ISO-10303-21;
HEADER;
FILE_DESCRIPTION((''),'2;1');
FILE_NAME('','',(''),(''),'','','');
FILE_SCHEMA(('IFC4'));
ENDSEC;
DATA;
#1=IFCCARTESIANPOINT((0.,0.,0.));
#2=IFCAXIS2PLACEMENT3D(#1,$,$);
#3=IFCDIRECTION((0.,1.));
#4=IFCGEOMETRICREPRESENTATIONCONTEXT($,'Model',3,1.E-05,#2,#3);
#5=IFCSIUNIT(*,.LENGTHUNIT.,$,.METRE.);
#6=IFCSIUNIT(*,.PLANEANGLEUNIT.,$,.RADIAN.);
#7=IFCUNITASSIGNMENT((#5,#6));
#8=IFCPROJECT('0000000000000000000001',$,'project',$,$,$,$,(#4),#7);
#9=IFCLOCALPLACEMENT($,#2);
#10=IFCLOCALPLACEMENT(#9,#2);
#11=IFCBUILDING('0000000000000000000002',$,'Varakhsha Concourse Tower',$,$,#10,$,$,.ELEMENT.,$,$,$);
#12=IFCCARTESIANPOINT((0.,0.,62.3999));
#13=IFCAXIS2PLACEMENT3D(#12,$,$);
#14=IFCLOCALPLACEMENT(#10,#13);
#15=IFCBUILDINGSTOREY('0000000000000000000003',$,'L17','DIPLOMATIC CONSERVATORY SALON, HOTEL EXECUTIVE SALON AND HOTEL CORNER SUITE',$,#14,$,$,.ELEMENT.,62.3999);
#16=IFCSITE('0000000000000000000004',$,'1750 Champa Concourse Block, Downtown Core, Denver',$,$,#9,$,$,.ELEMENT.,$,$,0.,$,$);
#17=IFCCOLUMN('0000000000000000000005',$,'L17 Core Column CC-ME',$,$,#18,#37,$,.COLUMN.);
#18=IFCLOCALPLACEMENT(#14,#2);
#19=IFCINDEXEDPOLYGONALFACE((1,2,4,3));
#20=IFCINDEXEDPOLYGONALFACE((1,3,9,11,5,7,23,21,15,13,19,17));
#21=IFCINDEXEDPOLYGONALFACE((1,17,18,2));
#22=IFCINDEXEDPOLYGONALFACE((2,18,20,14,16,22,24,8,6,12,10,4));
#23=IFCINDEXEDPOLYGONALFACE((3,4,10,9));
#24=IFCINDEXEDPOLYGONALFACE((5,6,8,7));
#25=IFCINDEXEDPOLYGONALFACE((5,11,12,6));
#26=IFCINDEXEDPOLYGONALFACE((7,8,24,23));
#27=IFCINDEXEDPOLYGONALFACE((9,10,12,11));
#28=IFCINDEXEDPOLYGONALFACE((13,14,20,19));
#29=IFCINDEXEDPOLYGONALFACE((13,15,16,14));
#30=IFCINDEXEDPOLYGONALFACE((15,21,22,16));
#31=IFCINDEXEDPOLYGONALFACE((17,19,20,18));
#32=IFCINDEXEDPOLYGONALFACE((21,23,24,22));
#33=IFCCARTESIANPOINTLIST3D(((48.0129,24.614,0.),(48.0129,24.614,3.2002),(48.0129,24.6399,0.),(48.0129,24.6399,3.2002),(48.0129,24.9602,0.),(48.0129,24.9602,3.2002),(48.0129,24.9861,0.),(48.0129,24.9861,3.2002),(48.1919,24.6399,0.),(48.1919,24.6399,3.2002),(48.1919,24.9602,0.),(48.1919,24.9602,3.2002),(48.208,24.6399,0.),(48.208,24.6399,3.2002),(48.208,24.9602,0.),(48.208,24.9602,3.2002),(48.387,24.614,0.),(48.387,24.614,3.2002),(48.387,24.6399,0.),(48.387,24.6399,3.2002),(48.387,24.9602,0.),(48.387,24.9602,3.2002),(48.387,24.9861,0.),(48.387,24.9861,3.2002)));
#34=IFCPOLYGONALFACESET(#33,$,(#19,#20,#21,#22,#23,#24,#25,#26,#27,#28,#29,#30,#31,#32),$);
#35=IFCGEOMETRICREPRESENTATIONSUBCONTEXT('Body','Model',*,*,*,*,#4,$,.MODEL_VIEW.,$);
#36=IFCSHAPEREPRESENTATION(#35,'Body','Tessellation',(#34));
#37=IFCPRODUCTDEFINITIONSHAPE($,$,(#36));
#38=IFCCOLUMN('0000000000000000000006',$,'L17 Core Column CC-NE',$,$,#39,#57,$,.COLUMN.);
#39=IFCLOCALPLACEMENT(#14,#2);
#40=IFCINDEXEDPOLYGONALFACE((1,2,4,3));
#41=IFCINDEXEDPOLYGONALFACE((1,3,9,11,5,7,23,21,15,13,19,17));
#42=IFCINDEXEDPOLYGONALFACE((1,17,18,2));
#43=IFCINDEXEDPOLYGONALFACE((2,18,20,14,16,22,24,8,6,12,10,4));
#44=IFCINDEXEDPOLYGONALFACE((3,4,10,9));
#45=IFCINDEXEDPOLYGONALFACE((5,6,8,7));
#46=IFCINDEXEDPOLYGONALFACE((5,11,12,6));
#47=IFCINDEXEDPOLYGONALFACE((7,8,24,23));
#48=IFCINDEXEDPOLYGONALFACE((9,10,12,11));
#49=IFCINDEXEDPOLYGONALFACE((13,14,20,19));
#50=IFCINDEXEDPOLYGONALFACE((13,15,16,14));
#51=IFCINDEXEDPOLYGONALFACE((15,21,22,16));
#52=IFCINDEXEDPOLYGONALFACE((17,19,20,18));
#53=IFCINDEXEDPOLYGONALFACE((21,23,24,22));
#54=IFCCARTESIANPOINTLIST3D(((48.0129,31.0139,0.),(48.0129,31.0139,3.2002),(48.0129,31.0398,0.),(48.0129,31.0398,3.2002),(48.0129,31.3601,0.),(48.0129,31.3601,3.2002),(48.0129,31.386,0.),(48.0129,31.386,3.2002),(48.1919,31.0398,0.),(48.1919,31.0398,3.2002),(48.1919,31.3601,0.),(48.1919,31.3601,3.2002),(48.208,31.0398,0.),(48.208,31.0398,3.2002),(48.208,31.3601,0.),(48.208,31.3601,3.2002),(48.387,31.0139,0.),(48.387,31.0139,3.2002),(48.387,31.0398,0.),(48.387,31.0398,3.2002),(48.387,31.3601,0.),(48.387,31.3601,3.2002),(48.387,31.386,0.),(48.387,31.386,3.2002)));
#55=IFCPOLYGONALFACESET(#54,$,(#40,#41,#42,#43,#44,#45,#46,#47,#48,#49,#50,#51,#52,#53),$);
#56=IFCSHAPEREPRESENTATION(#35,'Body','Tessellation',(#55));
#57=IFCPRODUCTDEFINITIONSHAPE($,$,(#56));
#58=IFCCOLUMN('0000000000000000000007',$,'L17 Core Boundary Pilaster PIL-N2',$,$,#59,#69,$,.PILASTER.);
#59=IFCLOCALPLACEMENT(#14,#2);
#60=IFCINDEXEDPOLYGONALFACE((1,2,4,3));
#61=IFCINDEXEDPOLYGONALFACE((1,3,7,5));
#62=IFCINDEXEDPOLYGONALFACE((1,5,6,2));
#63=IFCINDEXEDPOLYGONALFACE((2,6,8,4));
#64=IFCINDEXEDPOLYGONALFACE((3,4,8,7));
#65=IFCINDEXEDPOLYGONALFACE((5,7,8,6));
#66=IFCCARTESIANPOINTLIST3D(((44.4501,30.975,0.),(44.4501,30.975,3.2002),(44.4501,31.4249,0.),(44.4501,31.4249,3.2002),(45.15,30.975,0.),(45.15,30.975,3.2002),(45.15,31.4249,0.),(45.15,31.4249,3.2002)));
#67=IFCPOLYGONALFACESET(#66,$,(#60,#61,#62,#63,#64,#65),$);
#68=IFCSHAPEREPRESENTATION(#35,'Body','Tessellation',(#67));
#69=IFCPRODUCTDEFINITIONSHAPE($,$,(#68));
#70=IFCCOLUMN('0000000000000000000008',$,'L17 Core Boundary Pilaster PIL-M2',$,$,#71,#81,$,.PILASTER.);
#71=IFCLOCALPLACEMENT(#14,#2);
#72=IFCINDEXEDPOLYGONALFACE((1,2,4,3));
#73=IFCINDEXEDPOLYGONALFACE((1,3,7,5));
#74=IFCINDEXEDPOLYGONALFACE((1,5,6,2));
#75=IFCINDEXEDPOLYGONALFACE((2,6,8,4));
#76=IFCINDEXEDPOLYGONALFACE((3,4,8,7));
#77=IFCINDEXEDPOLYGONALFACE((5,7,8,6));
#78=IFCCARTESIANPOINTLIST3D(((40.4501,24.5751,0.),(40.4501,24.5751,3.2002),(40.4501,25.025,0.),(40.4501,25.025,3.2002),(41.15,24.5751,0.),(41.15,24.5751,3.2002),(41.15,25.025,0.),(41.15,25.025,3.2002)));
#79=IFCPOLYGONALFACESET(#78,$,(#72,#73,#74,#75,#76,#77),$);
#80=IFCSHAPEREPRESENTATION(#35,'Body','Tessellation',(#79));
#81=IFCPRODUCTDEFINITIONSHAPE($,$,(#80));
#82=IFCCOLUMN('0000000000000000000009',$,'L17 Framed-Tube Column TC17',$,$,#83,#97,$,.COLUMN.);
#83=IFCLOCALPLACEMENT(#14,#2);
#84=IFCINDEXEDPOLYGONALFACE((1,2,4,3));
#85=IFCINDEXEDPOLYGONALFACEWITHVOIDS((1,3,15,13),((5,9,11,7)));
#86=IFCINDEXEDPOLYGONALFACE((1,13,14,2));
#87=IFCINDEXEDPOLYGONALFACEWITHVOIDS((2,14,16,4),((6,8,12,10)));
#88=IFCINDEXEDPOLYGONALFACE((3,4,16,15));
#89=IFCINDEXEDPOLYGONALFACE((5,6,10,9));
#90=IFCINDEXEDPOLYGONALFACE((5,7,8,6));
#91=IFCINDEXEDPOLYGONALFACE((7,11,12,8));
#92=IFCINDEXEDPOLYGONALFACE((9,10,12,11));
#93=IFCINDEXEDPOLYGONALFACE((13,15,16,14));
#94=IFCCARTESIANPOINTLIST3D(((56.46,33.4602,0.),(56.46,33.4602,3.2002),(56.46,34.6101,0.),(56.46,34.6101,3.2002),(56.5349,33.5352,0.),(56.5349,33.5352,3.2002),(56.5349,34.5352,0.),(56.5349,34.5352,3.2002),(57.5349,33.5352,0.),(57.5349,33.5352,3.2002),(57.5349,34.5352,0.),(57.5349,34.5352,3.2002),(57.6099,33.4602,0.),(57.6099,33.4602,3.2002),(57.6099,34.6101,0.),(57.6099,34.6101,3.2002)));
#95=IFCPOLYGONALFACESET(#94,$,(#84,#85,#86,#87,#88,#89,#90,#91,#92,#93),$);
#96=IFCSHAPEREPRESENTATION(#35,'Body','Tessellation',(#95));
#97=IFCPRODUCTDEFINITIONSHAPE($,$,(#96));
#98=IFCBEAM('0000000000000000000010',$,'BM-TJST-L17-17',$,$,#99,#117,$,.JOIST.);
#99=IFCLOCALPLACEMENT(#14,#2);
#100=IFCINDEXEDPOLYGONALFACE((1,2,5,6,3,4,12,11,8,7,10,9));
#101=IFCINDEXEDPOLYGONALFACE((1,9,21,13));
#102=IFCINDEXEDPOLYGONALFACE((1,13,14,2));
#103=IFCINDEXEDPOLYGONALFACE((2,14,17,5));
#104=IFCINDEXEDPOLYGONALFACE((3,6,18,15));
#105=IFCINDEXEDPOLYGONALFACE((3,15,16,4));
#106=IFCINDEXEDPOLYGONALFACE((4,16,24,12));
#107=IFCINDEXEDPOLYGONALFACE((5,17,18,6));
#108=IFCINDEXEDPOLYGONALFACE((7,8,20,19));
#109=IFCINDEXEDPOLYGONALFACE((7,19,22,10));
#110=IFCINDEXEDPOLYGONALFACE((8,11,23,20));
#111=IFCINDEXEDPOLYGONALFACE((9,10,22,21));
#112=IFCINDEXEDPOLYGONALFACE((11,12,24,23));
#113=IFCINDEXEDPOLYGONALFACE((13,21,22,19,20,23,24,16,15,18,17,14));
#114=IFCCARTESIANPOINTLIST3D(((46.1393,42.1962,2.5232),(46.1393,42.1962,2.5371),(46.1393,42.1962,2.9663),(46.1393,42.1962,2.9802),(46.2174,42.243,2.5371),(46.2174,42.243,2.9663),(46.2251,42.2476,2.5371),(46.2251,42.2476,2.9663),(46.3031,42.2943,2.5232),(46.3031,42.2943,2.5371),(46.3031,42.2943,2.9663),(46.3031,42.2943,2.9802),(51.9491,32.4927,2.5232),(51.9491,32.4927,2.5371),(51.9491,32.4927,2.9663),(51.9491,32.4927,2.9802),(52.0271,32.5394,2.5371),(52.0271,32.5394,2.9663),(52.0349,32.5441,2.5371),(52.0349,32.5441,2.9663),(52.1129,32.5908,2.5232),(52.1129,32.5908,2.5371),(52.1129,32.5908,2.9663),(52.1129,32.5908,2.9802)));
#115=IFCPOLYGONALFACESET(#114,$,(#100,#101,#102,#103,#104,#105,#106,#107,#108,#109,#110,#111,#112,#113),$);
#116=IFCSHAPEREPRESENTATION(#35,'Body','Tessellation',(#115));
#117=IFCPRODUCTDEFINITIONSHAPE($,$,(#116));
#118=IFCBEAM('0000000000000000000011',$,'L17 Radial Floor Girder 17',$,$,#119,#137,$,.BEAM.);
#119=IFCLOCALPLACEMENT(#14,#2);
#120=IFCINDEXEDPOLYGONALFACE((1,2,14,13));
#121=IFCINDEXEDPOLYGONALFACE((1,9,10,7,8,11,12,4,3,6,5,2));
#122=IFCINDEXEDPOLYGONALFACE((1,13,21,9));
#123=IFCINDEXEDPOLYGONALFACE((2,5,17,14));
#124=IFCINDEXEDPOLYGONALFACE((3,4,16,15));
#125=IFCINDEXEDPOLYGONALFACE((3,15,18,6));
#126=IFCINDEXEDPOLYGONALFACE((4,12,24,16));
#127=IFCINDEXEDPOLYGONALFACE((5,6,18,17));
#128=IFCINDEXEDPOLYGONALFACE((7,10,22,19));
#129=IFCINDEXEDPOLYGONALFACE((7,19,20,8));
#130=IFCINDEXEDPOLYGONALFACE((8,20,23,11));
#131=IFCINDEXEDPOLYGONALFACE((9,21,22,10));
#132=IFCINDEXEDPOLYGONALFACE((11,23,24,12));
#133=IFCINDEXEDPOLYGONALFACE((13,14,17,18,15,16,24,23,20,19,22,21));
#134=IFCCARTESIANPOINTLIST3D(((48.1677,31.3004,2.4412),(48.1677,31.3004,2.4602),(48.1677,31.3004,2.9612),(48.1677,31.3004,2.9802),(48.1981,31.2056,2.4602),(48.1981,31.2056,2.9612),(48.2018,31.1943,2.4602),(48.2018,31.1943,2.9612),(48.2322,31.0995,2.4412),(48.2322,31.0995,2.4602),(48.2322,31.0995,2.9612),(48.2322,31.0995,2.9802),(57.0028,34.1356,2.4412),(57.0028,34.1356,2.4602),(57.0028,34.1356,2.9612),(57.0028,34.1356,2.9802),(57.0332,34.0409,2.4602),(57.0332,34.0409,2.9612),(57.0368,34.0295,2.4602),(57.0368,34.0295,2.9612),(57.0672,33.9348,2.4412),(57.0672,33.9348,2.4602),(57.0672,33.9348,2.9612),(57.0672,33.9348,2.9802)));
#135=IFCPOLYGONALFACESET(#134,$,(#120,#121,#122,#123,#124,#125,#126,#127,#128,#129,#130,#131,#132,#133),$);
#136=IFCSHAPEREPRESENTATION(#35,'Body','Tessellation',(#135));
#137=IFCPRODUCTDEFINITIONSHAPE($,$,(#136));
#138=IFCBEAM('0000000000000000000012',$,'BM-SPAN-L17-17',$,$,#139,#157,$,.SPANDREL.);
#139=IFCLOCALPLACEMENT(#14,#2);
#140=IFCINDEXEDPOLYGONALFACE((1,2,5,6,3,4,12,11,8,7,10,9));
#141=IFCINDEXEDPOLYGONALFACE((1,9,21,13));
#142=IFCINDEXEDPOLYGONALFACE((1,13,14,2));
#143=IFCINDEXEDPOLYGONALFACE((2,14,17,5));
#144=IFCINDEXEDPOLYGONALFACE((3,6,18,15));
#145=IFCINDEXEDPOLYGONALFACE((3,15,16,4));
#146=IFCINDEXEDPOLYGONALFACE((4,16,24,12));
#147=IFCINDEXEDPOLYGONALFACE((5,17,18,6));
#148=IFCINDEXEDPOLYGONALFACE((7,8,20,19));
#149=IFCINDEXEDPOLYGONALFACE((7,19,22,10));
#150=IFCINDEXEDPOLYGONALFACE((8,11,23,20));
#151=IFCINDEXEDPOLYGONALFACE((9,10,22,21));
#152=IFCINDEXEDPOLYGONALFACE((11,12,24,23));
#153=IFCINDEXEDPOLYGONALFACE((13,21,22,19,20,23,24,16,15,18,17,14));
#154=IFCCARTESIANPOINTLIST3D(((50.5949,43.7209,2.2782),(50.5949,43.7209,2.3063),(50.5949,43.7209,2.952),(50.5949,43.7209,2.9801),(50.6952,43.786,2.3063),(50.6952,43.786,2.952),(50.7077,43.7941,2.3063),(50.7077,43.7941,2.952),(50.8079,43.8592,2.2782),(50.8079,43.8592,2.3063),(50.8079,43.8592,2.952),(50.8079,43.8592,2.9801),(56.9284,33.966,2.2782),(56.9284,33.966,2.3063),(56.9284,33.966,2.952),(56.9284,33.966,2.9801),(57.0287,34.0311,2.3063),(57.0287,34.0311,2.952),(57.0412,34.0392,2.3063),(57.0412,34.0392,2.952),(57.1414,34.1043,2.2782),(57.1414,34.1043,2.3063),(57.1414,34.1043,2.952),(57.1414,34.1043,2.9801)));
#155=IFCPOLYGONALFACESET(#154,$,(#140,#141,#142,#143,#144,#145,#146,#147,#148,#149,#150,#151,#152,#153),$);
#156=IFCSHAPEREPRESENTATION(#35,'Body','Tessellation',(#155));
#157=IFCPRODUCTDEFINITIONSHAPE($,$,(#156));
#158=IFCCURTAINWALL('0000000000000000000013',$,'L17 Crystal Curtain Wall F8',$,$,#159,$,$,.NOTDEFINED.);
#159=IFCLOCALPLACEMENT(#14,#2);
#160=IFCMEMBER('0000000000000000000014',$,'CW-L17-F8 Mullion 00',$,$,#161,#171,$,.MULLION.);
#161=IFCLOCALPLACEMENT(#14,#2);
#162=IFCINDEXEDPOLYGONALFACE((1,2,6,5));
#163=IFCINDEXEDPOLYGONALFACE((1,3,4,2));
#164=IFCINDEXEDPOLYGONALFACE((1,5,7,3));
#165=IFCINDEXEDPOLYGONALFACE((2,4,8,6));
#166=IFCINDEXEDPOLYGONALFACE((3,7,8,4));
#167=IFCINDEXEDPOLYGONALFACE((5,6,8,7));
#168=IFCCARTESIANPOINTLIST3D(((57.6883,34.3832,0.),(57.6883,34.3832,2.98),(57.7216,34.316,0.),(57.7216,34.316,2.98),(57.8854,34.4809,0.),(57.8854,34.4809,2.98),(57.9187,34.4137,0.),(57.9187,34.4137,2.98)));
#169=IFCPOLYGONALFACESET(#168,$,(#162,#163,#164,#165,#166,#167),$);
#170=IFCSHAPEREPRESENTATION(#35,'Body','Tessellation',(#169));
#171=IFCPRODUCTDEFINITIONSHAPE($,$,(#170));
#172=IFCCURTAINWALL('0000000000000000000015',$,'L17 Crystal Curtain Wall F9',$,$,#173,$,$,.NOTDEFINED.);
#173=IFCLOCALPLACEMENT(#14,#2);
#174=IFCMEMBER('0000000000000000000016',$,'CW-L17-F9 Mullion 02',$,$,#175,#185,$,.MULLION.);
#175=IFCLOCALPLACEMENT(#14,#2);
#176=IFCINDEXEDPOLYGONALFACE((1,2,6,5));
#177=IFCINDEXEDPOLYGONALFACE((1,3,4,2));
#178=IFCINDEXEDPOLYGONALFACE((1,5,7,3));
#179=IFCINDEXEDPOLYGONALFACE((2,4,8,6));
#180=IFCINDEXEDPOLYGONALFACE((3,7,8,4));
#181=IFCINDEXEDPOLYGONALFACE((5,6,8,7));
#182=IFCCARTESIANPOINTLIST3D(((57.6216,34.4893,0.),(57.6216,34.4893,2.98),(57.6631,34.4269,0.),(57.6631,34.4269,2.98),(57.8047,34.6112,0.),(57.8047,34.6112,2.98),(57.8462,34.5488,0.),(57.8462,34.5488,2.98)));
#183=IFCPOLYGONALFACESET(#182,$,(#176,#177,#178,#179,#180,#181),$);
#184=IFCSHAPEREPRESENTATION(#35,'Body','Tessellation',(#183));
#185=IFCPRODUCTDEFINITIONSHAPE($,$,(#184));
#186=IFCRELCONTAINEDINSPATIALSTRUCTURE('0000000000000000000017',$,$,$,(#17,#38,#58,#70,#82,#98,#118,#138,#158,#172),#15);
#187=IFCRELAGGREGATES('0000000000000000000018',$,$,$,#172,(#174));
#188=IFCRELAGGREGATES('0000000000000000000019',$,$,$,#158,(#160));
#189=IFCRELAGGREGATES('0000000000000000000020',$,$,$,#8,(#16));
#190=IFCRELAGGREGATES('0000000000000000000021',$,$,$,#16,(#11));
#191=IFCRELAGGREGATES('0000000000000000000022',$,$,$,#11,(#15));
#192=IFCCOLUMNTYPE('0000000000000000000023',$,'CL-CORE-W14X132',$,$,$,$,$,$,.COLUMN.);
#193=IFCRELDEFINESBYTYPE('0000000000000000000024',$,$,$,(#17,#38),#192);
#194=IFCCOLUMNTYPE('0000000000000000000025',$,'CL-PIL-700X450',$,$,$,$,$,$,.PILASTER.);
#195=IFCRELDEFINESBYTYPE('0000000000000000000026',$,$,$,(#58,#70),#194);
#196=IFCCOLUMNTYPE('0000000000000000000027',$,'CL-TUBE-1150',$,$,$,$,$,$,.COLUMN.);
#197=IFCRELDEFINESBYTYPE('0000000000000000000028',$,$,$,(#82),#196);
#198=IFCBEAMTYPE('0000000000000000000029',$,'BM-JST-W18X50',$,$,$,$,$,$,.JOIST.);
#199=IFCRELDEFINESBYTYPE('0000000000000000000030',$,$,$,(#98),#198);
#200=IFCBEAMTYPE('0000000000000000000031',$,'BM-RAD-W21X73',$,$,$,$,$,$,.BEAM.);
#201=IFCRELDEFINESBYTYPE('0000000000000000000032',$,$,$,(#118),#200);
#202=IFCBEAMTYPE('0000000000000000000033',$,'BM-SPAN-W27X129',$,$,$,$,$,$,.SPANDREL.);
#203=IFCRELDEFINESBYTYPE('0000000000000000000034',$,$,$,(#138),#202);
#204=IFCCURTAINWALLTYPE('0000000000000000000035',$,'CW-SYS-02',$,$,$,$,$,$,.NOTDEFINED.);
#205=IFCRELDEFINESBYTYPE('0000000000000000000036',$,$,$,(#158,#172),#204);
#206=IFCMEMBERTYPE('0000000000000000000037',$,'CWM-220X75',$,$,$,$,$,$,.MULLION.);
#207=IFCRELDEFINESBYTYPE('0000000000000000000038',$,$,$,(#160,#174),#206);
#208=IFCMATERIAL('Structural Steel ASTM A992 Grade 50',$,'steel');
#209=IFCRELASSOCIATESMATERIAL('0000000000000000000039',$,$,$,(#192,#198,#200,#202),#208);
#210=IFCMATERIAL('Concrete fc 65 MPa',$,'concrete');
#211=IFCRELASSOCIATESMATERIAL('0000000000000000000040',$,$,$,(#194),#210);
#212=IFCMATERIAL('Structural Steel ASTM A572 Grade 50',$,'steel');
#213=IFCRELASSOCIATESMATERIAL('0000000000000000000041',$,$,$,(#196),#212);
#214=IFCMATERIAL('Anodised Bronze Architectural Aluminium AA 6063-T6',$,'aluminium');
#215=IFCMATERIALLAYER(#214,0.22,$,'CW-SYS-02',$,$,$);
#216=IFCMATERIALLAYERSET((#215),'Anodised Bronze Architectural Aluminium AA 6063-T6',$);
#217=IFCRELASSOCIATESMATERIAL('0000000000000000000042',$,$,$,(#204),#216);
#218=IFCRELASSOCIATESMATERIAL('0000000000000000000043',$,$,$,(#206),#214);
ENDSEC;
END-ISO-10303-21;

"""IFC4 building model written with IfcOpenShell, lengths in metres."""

from ifc_helpers import new_model, si_unit, direction, frame, origin, origin_2d, place, context, subcontext, project, spatial, rectangle, hollow_rectangle, i_section, extrude, source, transform, mapped, material, layer, layer_set, material_profile, profile_set, type_object, type_shapes, element, aggregate, save


model = new_model("IFC4")

# Units and contexts
model_context = context("Model", 3, precision=1e-05, world=origin(), true_north=direction((0.0, 1.0)))
body_context = subcontext(model_context, "Body", "Model", "MODEL_VIEW")
ifc_project = project(units=[si_unit("LENGTHUNIT", "METRE"), si_unit("PLANEANGLEUNIT", "RADIAN")], contexts=[model_context])

# Site, building, storey
site_placement = place(None, origin())
site = spatial("IfcSite", under=ifc_project, at=site_placement, Name="1750 Champa Concourse Block, Downtown Core, Denver", CompositionType="ELEMENT", RefElevation=0.0)
building_placement = place(site_placement, origin())
building = spatial("IfcBuilding", under=site, at=building_placement, Name="Varakhsha Concourse Tower", CompositionType="ELEMENT")
storey_placement = place(building_placement, frame((0.0, 0.0, 62.3999)))
storey = spatial("IfcBuildingStorey", under=building, at=storey_placement, Name="L17", Description="DIPLOMATIC CONSERVATORY SALON, HOTEL EXECUTIVE SALON AND HOTEL CORNER SUITE", CompositionType="ELEMENT", Elevation=62.3999)

# Columns
ifc_material_1 = material(Name="Structural Steel ASTM A992 Grade 50", Category="steel")
ifc_material_profile_1 = material_profile(ifc_material_1, i_section(OverallWidth=0.374, OverallDepth=0.3721, WebThickness=0.0161, FlangeThickness=0.0259, at=origin_2d()), Name="W14X132")
ifc_profile_set_1 = profile_set([ifc_material_profile_1], Name="Structural Steel ASTM A992 Grade 50")
column_type_1 = type_object("IfcColumnType", Name="CL-CORE-W14X132", PredefinedType="COLUMN", material=ifc_profile_set_1)
for number, where, z_axis, x_axis, name in (
    (1, (48.2, 24.8, 0.0), (0.0, 0.0, 1.0), (1.0, 0.0, 0.0), "L17 Core Column CC-ME"),
    (2, (48.2, 31.2, 0.0), (0.0, 0.0, 1.0), (1.0, 0.0, 0.0), "L17 Core Column CC-NE"),
):
    element("IfcColumn", number, at=place(storey_placement, frame(where, z_axis=z_axis, x_axis=x_axis)), inside=storey, type_object=column_type_1, Name=name, PredefinedType="COLUMN", context=body_context, shape_type="SweptSolid", body=[
        extrude(i_section(OverallWidth=0.374, OverallDepth=0.3721, WebThickness=0.0161, FlangeThickness=0.0259, at=origin_2d()), origin(), (0.0, 0.0, 1.0), 3.2002),
    ])
ifc_material_2 = material(Name="Concrete fc 65 MPa", Category="concrete")
ifc_material_profile_2 = material_profile(ifc_material_2, rectangle(XDim=0.7, YDim=0.45, at=origin_2d()), Name="RC 700x450")
ifc_profile_set_2 = profile_set([ifc_material_profile_2], Name="Concrete fc 65 MPa")
column_type_2 = type_object("IfcColumnType", Name="CL-PIL-700X450", PredefinedType="PILASTER", material=ifc_profile_set_2)
for number, where, z_axis, x_axis, name in (
    (3, (44.8, 31.2, 0.0), (0.0, 0.0, 1.0), (1.0, 0.0, 0.0), "L17 Core Boundary Pilaster PIL-N2"),
    (4, (40.8, 24.8, 0.0), (0.0, 0.0, 1.0), (1.0, 0.0, 0.0), "L17 Core Boundary Pilaster PIL-M2"),
):
    element("IfcColumn", number, at=place(storey_placement, frame(where, z_axis=z_axis, x_axis=x_axis)), inside=storey, type_object=column_type_2, Name=name, PredefinedType="PILASTER", context=body_context, shape_type="SweptSolid", body=[
        extrude(rectangle(XDim=0.7, YDim=0.45, at=origin_2d()), origin(), (0.0, 0.0, 1.0), 3.2002),
    ])
ifc_material_3 = material(Name="Structural Steel ASTM A572 Grade 50", Category="steel")
ifc_material_profile_3 = material_profile(ifc_material_3, hollow_rectangle(XDim=1.1499, YDim=1.1499, WallThickness=0.075, at=origin_2d()), Name="BOX 1150x1150x75")
ifc_profile_set_3 = profile_set([ifc_material_profile_3], Name="Structural Steel ASTM A572 Grade 50")
column_type_3 = type_object("IfcColumnType", Name="CL-TUBE-1150", PredefinedType="COLUMN", material=ifc_profile_set_3)
column_placement = place(storey_placement, frame((57.0349, 34.0352, 0.0), z_axis=(0.0, 0.0, 1.0), x_axis=(1.0, 0.0, 0.0)))
element("IfcColumn", 5, at=column_placement, inside=storey, type_object=column_type_3, Name="L17 Framed-Tube Column TC17", PredefinedType="COLUMN", context=body_context, shape_type="SweptSolid", body=[
    extrude(hollow_rectangle(XDim=1.1499, YDim=1.1499, WallThickness=0.075, at=origin_2d()), origin(), (0.0, 0.0, 1.0), 3.2002),
])

# Beams
ifc_material_profile_4 = material_profile(ifc_material_1, i_section(OverallWidth=0.1909, OverallDepth=0.457, WebThickness=0.009, FlangeThickness=0.0139, at=origin_2d()), Name="W18X50")
ifc_profile_set_4 = profile_set([ifc_material_profile_4], Name="Structural Steel ASTM A992 Grade 50")
beam_type_1 = type_object("IfcBeamType", Name="BM-JST-W18X50", PredefinedType="JOIST", material=ifc_profile_set_4)
beam_1_placement = place(storey_placement, frame((52.031, 32.5417, 2.7517), z_axis=(-0.513692, 0.857974, 0.0), x_axis=(-0.857974, -0.513692, 0.0)))
element("IfcBeam", 6, at=beam_1_placement, inside=storey, type_object=beam_type_1, Name="BM-TJST-L17-17", PredefinedType="JOIST", context=body_context, shape_type="SweptSolid", body=[
    extrude(i_section(OverallWidth=0.1909, OverallDepth=0.457, WebThickness=0.009, FlangeThickness=0.0139, at=origin_2d()), origin(), (0.0, 0.0, 1.0), 11.3098),
])
ifc_material_profile_5 = material_profile(ifc_material_1, i_section(OverallWidth=0.2109, OverallDepth=0.5391, WebThickness=0.012, FlangeThickness=0.019, at=origin_2d()), Name="W21X73")
ifc_profile_set_5 = profile_set([ifc_material_profile_5], Name="Structural Steel ASTM A992 Grade 50")
beam_type_2 = type_object("IfcBeamType", Name="BM-RAD-W21X73", PredefinedType="BEAM", material=ifc_profile_set_5)
beam_2_placement = place(storey_placement, frame((48.2, 31.2, 2.7107), z_axis=(0.952173, 0.305559, 0.0), x_axis=(-0.305559, 0.952173, 0.0)))
element("IfcBeam", 7, at=beam_2_placement, inside=storey, type_object=beam_type_2, Name="L17 Radial Floor Girder 17", PredefinedType="BEAM", context=body_context, shape_type="SweptSolid", body=[
    extrude(i_section(OverallWidth=0.2109, OverallDepth=0.5391, WebThickness=0.012, FlangeThickness=0.019, at=origin_2d()), origin(), (0.0, 0.0, 1.0), 9.2788),
])
ifc_material_profile_6 = material_profile(ifc_material_1, i_section(OverallWidth=0.2539, OverallDepth=0.7019, WebThickness=0.0149, FlangeThickness=0.0281, at=origin_2d()), Name="W27X129")
ifc_profile_set_6 = profile_set([ifc_material_profile_6], Name="Structural Steel ASTM A992 Grade 50")
beam_type_3 = type_object("IfcBeamType", Name="BM-SPAN-W27X129", PredefinedType="SPANDREL", material=ifc_profile_set_6)
beam_3_placement = place(storey_placement, frame((57.0349, 34.0352, 2.6292), z_axis=(-0.544554, 0.838726, 0.0), x_axis=(-0.838726, -0.544554, 0.0)))
element("IfcBeam", 8, at=beam_3_placement, inside=storey, type_object=beam_type_3, Name="BM-SPAN-L17-17", PredefinedType="SPANDREL", context=body_context, shape_type="SweptSolid", body=[
    extrude(i_section(OverallWidth=0.2539, OverallDepth=0.7019, WebThickness=0.0149, FlangeThickness=0.0281, at=origin_2d()), origin(), (0.0, 0.0, 1.0), 11.6306),
])

# Curtain walls, members
ifc_material_4 = material(Name="Anodised Bronze Architectural Aluminium AA 6063-T6", Category="aluminium")
ifc_layer_1 = layer(ifc_material_4, 0.22, Name="CW-SYS-02")
ifc_layer_set_1 = layer_set([ifc_layer_1], Name="Anodised Bronze Architectural Aluminium AA 6063-T6")
curtain_wall_type = type_object("IfcCurtainWallType", Name="CW-SYS-02", PredefinedType="NOTDEFINED", material=ifc_layer_set_1)
curtain_wall_1_placement = place(storey_placement, origin())
curtain_wall_1 = element("IfcCurtainWall", 9, at=curtain_wall_1_placement, inside=storey, type_object=curtain_wall_type, Name="L17 Crystal Curtain Wall F8", PredefinedType="NOTDEFINED")
ifc_material_profile_7 = material_profile(ifc_material_4, rectangle(XDim=0.075, YDim=0.22, at=origin_2d()), Name="CWM-220X75")
ifc_profile_set_7 = profile_set([ifc_material_profile_7], Name="Anodised Bronze Architectural Aluminium AA 6063-T6")
member_type_1 = type_object("IfcMemberType", Name="CWM-220X75", PredefinedType="MULLION", material=ifc_profile_set_7)
shared_shape_1 = source(origin(), body_context, "Body", "SweptSolid", [
    extrude(rectangle(XDim=0.075, YDim=0.22, at=origin_2d()), origin(), (0.0, 0.0, 1.0), 2.98),
])
type_shapes(member_type_1, [shared_shape_1])
member_1_placement = place(storey_placement, frame((57.8035, 34.3984, 0.0), z_axis=(0.0, 0.0, 1.0), x_axis=(0.44411, -0.895972, 0.0)))
member_1 = element("IfcMember", 10, at=member_1_placement, type_object=member_type_1, Name="CW-L17-F8 Mullion 00", PredefinedType="MULLION", context=body_context, shape_type="MappedRepresentation", body=[
    mapped(shared_shape_1, transform((0.0, 0.0, 0.0), scale=1.0)),
])
curtain_wall_2_placement = place(storey_placement, origin())
curtain_wall_2 = element("IfcCurtainWall", 11, at=curtain_wall_2_placement, inside=storey, type_object=curtain_wall_type, Name="L17 Crystal Curtain Wall F9", PredefinedType="NOTDEFINED")
member_2_placement = place(storey_placement, frame((57.7339, 34.519, 0.0), z_axis=(0.0, 0.0, 1.0), x_axis=(0.55388, -0.832597, 0.0)))
member_2 = element("IfcMember", 12, at=member_2_placement, type_object=member_type_1, Name="CW-L17-F9 Mullion 02", PredefinedType="MULLION", context=body_context, shape_type="MappedRepresentation", body=[
    mapped(shared_shape_1, transform((0.0, 0.0, 0.0), scale=1.0)),
])
aggregate(curtain_wall_2, [member_2])

aggregate(curtain_wall_1, [member_1])

save(model, "model.ifc")
